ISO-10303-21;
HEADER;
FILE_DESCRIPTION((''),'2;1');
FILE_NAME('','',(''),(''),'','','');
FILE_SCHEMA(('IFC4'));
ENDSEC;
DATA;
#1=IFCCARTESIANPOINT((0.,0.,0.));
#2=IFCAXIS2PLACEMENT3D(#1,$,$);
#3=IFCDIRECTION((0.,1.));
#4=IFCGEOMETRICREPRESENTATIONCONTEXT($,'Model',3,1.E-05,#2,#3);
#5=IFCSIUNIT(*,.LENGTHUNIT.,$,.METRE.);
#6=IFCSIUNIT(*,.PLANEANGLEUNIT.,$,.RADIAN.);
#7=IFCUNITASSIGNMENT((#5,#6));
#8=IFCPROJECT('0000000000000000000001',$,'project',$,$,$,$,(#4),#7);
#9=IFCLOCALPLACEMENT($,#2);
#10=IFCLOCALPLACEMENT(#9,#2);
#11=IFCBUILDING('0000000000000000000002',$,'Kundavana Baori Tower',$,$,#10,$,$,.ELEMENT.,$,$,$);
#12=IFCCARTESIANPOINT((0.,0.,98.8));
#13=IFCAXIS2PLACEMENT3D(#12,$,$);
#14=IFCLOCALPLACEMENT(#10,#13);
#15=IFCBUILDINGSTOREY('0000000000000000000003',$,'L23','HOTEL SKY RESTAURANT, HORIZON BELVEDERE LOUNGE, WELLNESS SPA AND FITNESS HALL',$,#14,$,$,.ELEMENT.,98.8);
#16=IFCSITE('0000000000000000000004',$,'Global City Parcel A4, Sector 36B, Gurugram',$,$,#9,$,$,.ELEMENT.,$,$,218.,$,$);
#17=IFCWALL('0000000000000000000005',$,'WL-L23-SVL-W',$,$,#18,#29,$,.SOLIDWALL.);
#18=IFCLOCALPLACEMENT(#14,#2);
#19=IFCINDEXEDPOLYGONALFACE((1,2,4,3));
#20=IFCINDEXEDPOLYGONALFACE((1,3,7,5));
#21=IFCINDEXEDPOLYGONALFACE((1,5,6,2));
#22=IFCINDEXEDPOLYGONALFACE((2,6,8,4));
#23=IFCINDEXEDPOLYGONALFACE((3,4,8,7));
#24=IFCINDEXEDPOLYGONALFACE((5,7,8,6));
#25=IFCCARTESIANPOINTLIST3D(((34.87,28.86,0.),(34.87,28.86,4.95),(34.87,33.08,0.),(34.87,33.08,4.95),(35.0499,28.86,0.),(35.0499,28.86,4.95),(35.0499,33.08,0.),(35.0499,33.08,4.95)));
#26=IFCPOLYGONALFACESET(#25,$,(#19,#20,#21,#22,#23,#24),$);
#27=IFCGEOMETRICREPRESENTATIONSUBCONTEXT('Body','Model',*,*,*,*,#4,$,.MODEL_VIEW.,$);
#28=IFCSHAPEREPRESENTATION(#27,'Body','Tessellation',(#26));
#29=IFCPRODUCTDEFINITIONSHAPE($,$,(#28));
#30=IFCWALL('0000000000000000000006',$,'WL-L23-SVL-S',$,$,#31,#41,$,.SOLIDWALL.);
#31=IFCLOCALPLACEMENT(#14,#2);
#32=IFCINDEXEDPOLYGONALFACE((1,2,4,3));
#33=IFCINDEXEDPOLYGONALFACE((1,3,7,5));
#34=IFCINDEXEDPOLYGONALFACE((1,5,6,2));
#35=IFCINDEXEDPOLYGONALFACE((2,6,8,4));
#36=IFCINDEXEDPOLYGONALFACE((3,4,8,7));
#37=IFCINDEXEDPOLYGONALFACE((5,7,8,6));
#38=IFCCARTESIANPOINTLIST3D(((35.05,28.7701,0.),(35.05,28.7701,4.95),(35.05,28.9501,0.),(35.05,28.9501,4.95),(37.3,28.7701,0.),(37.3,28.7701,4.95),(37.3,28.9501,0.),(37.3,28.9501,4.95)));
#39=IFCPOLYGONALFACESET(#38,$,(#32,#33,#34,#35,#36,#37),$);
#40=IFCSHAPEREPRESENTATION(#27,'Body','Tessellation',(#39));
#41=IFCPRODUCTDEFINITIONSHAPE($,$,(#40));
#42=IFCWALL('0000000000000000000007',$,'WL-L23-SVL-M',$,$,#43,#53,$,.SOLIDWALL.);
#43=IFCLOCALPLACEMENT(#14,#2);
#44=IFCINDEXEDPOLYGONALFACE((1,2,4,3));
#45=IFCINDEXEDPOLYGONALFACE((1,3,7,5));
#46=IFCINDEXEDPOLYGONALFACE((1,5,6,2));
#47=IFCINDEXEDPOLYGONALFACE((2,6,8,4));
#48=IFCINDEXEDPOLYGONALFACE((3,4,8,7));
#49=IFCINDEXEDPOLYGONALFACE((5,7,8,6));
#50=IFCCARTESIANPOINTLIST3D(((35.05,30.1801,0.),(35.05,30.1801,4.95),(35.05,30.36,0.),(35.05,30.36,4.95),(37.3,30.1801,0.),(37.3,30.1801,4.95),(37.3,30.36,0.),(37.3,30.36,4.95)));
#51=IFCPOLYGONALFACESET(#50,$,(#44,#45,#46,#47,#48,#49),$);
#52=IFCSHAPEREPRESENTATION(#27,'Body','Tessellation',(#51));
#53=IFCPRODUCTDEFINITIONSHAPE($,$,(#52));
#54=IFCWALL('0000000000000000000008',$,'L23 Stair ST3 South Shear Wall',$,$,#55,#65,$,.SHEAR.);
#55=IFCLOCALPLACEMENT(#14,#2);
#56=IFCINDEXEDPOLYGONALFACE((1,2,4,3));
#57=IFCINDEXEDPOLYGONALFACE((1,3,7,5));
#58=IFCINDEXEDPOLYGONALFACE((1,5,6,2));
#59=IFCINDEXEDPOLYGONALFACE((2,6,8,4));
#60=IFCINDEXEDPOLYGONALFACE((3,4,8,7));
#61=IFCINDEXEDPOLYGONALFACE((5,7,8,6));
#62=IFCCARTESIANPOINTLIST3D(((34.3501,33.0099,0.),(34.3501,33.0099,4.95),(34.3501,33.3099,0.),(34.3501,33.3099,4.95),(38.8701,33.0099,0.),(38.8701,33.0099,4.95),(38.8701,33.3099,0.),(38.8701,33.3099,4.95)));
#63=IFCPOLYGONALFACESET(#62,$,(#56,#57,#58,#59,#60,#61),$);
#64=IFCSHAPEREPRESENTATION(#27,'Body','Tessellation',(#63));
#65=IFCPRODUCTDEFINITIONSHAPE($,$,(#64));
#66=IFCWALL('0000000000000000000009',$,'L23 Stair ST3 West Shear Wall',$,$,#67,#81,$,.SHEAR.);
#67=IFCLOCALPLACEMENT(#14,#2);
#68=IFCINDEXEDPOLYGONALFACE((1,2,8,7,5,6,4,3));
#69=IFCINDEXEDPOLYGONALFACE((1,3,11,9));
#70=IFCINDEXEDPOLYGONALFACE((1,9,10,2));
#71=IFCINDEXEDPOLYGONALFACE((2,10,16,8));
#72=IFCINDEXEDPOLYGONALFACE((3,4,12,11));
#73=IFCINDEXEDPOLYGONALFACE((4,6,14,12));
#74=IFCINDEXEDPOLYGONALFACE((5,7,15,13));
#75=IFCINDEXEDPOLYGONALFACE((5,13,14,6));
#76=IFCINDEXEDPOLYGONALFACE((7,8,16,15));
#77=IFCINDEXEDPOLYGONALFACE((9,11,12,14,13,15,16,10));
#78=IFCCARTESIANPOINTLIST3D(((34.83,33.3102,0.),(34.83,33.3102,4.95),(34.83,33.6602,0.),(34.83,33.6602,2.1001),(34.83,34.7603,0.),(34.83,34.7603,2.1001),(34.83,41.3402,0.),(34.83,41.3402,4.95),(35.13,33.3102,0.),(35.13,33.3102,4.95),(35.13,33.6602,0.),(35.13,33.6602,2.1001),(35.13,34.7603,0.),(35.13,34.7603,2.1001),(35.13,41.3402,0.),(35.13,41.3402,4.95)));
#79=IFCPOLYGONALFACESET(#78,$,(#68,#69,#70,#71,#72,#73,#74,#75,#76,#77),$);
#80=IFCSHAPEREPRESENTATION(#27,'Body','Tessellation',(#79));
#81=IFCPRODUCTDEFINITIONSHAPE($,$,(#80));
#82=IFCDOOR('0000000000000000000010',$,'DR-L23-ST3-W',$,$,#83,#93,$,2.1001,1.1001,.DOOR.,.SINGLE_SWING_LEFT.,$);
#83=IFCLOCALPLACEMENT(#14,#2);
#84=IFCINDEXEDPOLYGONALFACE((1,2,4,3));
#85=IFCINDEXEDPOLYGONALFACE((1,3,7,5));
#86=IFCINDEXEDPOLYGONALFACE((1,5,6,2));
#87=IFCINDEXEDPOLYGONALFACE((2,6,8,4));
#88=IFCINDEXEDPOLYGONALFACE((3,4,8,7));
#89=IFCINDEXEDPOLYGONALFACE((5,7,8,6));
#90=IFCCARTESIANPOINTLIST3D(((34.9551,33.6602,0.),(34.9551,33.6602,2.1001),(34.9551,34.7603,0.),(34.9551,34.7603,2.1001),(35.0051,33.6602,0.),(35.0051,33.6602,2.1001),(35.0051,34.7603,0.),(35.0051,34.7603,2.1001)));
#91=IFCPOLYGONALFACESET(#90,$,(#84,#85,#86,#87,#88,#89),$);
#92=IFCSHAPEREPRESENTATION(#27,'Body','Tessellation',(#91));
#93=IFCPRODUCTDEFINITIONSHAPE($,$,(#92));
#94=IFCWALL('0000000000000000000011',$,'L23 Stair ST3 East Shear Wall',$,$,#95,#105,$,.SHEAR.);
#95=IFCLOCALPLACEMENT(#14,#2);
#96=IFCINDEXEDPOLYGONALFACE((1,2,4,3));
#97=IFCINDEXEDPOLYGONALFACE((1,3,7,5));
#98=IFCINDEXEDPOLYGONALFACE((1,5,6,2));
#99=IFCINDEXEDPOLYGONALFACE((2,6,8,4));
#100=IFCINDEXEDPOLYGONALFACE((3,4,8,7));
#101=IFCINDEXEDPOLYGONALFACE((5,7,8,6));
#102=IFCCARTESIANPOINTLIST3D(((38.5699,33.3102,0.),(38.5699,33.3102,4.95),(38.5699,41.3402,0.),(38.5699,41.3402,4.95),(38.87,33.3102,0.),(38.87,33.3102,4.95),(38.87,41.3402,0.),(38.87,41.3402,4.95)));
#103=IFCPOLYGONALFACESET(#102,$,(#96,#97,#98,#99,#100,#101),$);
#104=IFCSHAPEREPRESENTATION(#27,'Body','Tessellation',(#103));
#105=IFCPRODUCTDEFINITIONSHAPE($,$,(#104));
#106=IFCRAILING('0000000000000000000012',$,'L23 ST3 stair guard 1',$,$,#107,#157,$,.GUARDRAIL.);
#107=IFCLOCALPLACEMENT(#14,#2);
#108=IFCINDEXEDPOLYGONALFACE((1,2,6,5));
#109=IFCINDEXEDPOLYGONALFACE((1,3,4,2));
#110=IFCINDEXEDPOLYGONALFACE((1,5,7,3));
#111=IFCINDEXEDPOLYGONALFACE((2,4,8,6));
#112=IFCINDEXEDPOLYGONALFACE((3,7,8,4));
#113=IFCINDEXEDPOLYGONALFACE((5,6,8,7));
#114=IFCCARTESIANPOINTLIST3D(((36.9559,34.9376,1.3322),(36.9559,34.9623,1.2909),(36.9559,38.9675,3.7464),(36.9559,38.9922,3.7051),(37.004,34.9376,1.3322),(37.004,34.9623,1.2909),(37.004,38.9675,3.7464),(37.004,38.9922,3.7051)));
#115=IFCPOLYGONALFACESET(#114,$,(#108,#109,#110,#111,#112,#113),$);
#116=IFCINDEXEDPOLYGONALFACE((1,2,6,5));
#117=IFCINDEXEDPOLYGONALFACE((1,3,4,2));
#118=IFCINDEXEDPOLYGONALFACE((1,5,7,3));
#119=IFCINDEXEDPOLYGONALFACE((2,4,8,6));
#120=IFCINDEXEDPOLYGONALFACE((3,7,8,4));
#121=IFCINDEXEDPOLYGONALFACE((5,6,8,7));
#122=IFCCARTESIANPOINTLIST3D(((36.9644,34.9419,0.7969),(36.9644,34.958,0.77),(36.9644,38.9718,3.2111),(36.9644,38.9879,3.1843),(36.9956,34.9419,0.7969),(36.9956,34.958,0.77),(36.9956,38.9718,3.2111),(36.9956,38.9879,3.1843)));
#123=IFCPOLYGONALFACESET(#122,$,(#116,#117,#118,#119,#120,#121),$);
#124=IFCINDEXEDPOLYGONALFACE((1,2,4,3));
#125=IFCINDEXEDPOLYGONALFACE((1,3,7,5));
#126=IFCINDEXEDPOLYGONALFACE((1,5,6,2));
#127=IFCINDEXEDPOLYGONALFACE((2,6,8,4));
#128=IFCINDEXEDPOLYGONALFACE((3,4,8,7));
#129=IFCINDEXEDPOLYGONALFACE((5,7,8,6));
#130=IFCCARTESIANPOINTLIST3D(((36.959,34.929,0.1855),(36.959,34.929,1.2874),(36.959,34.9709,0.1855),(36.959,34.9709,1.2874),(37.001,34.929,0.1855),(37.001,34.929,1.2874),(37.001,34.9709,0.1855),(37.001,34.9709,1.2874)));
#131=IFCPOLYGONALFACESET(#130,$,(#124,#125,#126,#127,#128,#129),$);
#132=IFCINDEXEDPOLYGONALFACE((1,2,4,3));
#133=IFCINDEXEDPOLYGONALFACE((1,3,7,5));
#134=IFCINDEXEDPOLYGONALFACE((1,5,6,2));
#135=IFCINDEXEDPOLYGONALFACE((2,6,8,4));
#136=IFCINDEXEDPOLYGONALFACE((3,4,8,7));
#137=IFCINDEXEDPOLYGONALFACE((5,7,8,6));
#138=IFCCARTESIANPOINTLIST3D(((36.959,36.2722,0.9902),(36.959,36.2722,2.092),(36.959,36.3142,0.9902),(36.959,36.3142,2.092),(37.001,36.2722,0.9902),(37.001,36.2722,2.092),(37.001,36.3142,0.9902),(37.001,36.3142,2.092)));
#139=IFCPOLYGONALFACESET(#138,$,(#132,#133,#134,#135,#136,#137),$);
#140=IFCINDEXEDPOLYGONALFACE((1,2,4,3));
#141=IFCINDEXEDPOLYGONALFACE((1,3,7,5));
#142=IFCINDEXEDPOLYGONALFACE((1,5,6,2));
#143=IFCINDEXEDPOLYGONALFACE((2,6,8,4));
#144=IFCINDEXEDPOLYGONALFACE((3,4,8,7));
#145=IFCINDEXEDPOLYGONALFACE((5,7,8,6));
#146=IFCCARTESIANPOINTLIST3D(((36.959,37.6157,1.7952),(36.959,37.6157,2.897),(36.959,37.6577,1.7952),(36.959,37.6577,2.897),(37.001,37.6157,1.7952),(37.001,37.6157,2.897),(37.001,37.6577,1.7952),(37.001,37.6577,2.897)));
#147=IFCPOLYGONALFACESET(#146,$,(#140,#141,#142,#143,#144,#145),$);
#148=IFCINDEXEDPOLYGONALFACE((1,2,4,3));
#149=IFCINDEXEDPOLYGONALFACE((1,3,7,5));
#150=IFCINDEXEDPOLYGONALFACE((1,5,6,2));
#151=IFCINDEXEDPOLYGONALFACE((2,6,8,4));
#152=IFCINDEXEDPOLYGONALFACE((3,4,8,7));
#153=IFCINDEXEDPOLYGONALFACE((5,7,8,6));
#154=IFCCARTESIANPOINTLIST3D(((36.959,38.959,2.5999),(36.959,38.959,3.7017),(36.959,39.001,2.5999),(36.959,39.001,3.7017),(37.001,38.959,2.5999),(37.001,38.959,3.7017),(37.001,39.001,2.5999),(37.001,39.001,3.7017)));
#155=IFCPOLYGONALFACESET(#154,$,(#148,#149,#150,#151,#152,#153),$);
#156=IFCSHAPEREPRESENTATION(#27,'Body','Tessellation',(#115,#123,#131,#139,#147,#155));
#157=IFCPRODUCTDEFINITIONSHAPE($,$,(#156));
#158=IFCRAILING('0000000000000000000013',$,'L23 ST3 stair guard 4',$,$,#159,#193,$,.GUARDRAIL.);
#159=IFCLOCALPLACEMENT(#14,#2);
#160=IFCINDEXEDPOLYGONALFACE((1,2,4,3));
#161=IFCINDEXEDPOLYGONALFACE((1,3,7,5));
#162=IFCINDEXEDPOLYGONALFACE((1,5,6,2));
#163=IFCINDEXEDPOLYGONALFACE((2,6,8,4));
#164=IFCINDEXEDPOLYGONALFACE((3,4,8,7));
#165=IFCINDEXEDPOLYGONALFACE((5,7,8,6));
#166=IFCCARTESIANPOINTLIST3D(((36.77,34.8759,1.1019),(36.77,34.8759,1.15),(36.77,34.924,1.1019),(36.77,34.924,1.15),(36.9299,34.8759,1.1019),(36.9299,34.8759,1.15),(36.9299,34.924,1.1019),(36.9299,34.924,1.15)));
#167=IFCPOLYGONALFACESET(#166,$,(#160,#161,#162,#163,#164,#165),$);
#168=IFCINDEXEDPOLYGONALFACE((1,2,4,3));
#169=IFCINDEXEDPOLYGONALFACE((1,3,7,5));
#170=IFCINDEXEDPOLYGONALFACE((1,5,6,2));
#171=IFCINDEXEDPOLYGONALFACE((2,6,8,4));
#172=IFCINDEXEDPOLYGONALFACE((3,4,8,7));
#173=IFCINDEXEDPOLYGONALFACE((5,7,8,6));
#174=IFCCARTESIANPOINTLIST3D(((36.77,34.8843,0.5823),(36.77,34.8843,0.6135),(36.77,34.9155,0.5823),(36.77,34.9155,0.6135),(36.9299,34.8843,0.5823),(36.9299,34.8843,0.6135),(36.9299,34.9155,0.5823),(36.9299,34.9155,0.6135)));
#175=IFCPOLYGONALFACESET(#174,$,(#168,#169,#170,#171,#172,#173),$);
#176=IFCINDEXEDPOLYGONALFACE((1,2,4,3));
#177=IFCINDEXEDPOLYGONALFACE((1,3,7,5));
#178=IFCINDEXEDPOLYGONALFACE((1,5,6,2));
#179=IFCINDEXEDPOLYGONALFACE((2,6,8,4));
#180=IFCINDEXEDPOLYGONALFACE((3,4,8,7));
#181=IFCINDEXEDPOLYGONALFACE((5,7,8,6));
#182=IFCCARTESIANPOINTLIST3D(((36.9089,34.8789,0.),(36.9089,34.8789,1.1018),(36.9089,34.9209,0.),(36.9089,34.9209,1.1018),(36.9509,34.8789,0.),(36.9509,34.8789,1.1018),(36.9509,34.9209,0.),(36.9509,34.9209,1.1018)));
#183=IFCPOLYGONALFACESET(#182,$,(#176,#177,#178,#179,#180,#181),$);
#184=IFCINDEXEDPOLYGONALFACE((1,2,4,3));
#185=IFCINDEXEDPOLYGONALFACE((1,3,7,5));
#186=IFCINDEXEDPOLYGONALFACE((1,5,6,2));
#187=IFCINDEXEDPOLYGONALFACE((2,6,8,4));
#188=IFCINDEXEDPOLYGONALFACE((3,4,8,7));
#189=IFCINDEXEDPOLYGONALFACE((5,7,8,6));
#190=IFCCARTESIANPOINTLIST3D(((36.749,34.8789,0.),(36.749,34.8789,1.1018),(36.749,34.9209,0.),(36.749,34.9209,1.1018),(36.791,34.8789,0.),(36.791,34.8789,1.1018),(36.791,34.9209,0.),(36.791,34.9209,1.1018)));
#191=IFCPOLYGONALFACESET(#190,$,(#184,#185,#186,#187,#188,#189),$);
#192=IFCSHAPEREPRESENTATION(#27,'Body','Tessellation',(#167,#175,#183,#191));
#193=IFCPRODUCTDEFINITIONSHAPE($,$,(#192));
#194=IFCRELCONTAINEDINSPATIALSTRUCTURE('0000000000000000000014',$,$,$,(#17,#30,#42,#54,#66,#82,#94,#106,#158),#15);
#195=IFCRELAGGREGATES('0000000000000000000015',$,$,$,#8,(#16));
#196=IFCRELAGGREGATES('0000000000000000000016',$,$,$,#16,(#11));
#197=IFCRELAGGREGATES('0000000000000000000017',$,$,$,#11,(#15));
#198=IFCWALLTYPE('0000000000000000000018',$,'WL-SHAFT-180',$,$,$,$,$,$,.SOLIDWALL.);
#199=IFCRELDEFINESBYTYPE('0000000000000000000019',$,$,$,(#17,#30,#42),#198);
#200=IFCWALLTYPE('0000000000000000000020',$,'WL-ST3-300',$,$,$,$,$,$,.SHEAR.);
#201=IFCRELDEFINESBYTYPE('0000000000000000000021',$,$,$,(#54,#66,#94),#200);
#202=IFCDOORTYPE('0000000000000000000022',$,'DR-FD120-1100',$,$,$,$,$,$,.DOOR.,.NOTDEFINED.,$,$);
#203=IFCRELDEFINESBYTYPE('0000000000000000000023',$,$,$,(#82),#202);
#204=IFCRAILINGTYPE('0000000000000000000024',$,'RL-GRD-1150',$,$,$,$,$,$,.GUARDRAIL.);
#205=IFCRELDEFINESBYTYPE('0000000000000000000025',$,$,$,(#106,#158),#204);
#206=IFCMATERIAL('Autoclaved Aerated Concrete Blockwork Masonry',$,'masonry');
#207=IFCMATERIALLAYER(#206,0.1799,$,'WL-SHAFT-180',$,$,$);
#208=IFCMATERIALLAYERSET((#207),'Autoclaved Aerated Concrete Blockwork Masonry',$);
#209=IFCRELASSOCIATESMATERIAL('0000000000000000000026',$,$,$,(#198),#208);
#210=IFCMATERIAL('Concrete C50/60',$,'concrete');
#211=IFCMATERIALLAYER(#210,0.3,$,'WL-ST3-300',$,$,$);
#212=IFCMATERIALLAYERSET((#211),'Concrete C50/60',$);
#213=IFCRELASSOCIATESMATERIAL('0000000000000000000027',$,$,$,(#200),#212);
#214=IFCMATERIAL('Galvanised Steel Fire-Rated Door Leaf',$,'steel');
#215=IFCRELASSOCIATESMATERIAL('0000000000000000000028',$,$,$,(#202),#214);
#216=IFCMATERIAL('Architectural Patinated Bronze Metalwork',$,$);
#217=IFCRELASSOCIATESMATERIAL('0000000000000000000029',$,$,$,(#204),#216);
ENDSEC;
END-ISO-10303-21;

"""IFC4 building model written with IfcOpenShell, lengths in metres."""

from ifc_helpers import new_model, si_unit, direction, frame, frame_2d, origin, origin_2d, place, context, subcontext, project, spatial, rectangle, extrude, material, layer, layer_set, type_object, element, fill, save


model = new_model("IFC4")

# Units and contexts
model_context = context("Model", 3, precision=1e-05, world=origin(), true_north=direction((0.0, 1.0)))
body_context = subcontext(model_context, "Body", "Model", "MODEL_VIEW")
ifc_project = project(units=[si_unit("LENGTHUNIT", "METRE"), si_unit("PLANEANGLEUNIT", "RADIAN")], contexts=[model_context])

# Site, building, storey
site_placement = place(None, origin())
site = spatial("IfcSite", under=ifc_project, at=site_placement, Name="Global City Parcel A4, Sector 36B, Gurugram", CompositionType="ELEMENT", RefElevation=218.0)
building_placement = place(site_placement, origin())
building = spatial("IfcBuilding", under=site, at=building_placement, Name="Kundavana Baori Tower", CompositionType="ELEMENT")
storey_placement = place(building_placement, frame((0.0, 0.0, 98.8)))
storey = spatial("IfcBuildingStorey", under=building, at=storey_placement, Name="L23", Description="HOTEL SKY RESTAURANT, HORIZON BELVEDERE LOUNGE, WELLNESS SPA AND FITNESS HALL", CompositionType="ELEMENT", Elevation=98.8)

# Wall
ifc_material_1 = material(Name="Autoclaved Aerated Concrete Blockwork Masonry", Category="masonry")
ifc_layer_1 = layer(ifc_material_1, 0.1799, Name="WL-SHAFT-180")
ifc_layer_set_1 = layer_set([ifc_layer_1], Name="Autoclaved Aerated Concrete Blockwork Masonry")
wall_type_1 = type_object("IfcWallType", Name="WL-SHAFT-180", PredefinedType="SOLIDWALL", material=ifc_layer_set_1)
wall_1_placement = place(storey_placement, frame((34.96, 28.8601, 0.0), z_axis=(0.0, 0.0, 1.0), x_axis=(0.0, 1.0, 0.0)))
element("IfcWall", 1, at=wall_1_placement, inside=storey, type_object=wall_type_1, Name="WL-L23-SVL-W", PredefinedType="SOLIDWALL", context=body_context, shape_type="SweptSolid", body=[
    extrude(rectangle(XDim=4.22, YDim=0.1799, at=frame_2d((2.1099, 0.0))), origin(), (0.0, 0.0, 1.0), 4.95),
])

# Walls
for number, where, z_axis, x_axis, name in (
    (2, (35.05, 28.8601, 0.0), (0.0, 0.0, 1.0), (1.0, 0.0, 0.0), "WL-L23-SVL-S"),
    (3, (35.05, 30.27, 0.0), (0.0, 0.0, 1.0), (1.0, 0.0, 0.0), "WL-L23-SVL-M"),
):
    element("IfcWall", number, at=place(storey_placement, frame(where, z_axis=z_axis, x_axis=x_axis)), inside=storey, type_object=wall_type_1, Name=name, PredefinedType="SOLIDWALL", context=body_context, shape_type="SweptSolid", body=[
        extrude(rectangle(XDim=2.25, YDim=0.1799, at=frame_2d((1.125, 0.0))), origin(), (0.0, 0.0, 1.0), 4.95),
    ])
ifc_material_2 = material(Name="Concrete C50/60", Category="concrete")
ifc_layer_2 = layer(ifc_material_2, 0.3, Name="WL-ST3-300")
ifc_layer_set_2 = layer_set([ifc_layer_2], Name="Concrete C50/60")
wall_type_2 = type_object("IfcWallType", Name="WL-ST3-300", PredefinedType="SHEAR", material=ifc_layer_set_2)
wall_2_placement = place(storey_placement, frame((34.3501, 33.1599, 0.0), z_axis=(0.0, 0.0, 1.0), x_axis=(1.0, 0.0, 0.0)))
element("IfcWall", 4, at=wall_2_placement, inside=storey, type_object=wall_type_2, Name="L23 Stair ST3 South Shear Wall", PredefinedType="SHEAR", context=body_context, shape_type="SweptSolid", body=[
    extrude(rectangle(XDim=4.52, YDim=0.3, at=frame_2d((2.26, 0.0))), origin(), (0.0, 0.0, 1.0), 4.95),
])

# Wall, opening, door
wall_3_placement = place(storey_placement, frame((34.98, 33.3101, 0.0), z_axis=(0.0, 0.0, 1.0), x_axis=(0.0, 1.0, 0.0)))
wall_3 = element("IfcWall", 5, at=wall_3_placement, inside=storey, type_object=wall_type_2, Name="L23 Stair ST3 West Shear Wall", PredefinedType="SHEAR", context=body_context, shape_type="SweptSolid", body=[
    extrude(rectangle(XDim=8.03, YDim=0.3, at=frame_2d((4.0151, 0.0))), origin(), (0.0, 0.0, 1.0), 4.95),
])
opening_1_placement = place(wall_3_placement, frame((0.3501, 0.0, 0.0)))
opening_1 = element("IfcOpeningElement", 6, at=opening_1_placement, cuts=wall_3, PredefinedType="OPENING", context=body_context, shape_type="SweptSolid", body=[
    extrude(rectangle(XDim=1.1001, YDim=2.1001, at=frame_2d((0.55, 1.05))), frame((0.0, 0.1602, 0.0), z_axis=(0.0, -1.0, 0.0), x_axis=(1.0, 0.0, 0.0)), (0.0, 0.0, 1.0), 0.3201),
])
ifc_material_3 = material(Name="Galvanised Steel Fire-Rated Door Leaf", Category="steel")
door_type_1 = type_object("IfcDoorType", Name="DR-FD120-1100", OperationType="NOTDEFINED", PredefinedType="DOOR", material=ifc_material_3)
door_1_placement = place(opening_1_placement, origin())
door_1 = element("IfcDoor", 7, at=door_1_placement, inside=storey, type_object=door_type_1, Name="DR-L23-ST3-W", OperationType="SINGLE_SWING_LEFT", OverallHeight=2.1001, OverallWidth=1.1001, PredefinedType="DOOR", context=body_context, shape_type="SweptSolid", body=[
    extrude(rectangle(XDim=1.1001, YDim=2.1001, at=frame_2d((0.55, 1.05))), frame((0.0, 0.0249, 0.0), z_axis=(0.0, -1.0, 0.0), x_axis=(1.0, 0.0, 0.0)), (0.0, 0.0, 1.0), 0.05),
])
fill(opening_1, door_1)

# Wall
wall_4_placement = place(storey_placement, frame((38.72, 33.3101, 0.0), z_axis=(0.0, 0.0, 1.0), x_axis=(0.0, 1.0, 0.0)))
element("IfcWall", 8, at=wall_4_placement, inside=storey, type_object=wall_type_2, Name="L23 Stair ST3 East Shear Wall", PredefinedType="SHEAR", context=body_context, shape_type="SweptSolid", body=[
    extrude(rectangle(XDim=8.03, YDim=0.3, at=frame_2d((4.0151, 0.0))), origin(), (0.0, 0.0, 1.0), 4.95),
])

# Railings
ifc_material_4 = material(Name="Architectural Patinated Bronze Metalwork")
railing_type = type_object("IfcRailingType", Name="RL-GRD-1150", PredefinedType="GUARDRAIL", material=ifc_material_4)
railing_1_placement = place(storey_placement, frame((36.98, 34.95, 0.1855)))
element("IfcRailing", 9, at=railing_1_placement, inside=storey, type_object=railing_type, Name="L23 ST3 stair guard 1", PredefinedType="GUARDRAIL", context=body_context, shape_type="SweptSolid", body=[
    extrude(rectangle(XDim=0.0481, YDim=0.0481, at=origin_2d()), frame((0.0, 0.0, 1.126), z_axis=(0.0, 0.857841, 0.513915), x_axis=(-1.0, 0.0, 0.0)), (0.0, 0.0, 1.0), 4.6978),
    extrude(rectangle(XDim=0.0312, YDim=0.0312, at=origin_2d()), frame((0.0, 0.0, 0.5979), z_axis=(0.0, 0.857841, 0.513915), x_axis=(-1.0, 0.0, 0.0)), (0.0, 0.0, 1.0), 4.6978),
    extrude(rectangle(XDim=0.042, YDim=0.042, at=origin_2d()), origin(), (0.0, 0.0, 1.0), 1.1018),
    extrude(rectangle(XDim=0.042, YDim=0.042, at=origin_2d()), frame((0.0, 1.3433, 0.8047)), (0.0, 0.0, 1.0), 1.1018),
    extrude(rectangle(XDim=0.042, YDim=0.042, at=origin_2d()), frame((0.0, 2.6868, 1.6096)), (0.0, 0.0, 1.0), 1.1018),
    extrude(rectangle(XDim=0.042, YDim=0.042, at=origin_2d()), frame((0.0, 4.03, 2.4143)), (0.0, 0.0, 1.0), 1.1018),
])
railing_2_placement = place(storey_placement, frame((36.9299, 34.8999, 0.0)))
element("IfcRailing", 10, at=railing_2_placement, inside=storey, type_object=railing_type, Name="L23 ST3 stair guard 4", PredefinedType="GUARDRAIL", context=body_context, shape_type="SweptSolid", body=[
    extrude(rectangle(XDim=0.0481, YDim=0.0481, at=origin_2d()), frame((0.0, 0.0, 1.126), z_axis=(-1.0, 0.0, 0.0), x_axis=(0.0, -1.0, 0.0)), (0.0, 0.0, 1.0), 0.1599),
    extrude(rectangle(XDim=0.0312, YDim=0.0312, at=origin_2d()), frame((0.0, 0.0, 0.5979), z_axis=(-1.0, 0.0, 0.0), x_axis=(0.0, -1.0, 0.0)), (0.0, 0.0, 1.0), 0.1599),
    extrude(rectangle(XDim=0.042, YDim=0.042, at=origin_2d()), origin(), (0.0, 0.0, 1.0), 1.1018),
    extrude(rectangle(XDim=0.042, YDim=0.042, at=origin_2d()), frame((-0.1599, 0.0, 0.0)), (0.0, 0.0, 1.0), 1.1018),
])

save(model, "model.ifc")
